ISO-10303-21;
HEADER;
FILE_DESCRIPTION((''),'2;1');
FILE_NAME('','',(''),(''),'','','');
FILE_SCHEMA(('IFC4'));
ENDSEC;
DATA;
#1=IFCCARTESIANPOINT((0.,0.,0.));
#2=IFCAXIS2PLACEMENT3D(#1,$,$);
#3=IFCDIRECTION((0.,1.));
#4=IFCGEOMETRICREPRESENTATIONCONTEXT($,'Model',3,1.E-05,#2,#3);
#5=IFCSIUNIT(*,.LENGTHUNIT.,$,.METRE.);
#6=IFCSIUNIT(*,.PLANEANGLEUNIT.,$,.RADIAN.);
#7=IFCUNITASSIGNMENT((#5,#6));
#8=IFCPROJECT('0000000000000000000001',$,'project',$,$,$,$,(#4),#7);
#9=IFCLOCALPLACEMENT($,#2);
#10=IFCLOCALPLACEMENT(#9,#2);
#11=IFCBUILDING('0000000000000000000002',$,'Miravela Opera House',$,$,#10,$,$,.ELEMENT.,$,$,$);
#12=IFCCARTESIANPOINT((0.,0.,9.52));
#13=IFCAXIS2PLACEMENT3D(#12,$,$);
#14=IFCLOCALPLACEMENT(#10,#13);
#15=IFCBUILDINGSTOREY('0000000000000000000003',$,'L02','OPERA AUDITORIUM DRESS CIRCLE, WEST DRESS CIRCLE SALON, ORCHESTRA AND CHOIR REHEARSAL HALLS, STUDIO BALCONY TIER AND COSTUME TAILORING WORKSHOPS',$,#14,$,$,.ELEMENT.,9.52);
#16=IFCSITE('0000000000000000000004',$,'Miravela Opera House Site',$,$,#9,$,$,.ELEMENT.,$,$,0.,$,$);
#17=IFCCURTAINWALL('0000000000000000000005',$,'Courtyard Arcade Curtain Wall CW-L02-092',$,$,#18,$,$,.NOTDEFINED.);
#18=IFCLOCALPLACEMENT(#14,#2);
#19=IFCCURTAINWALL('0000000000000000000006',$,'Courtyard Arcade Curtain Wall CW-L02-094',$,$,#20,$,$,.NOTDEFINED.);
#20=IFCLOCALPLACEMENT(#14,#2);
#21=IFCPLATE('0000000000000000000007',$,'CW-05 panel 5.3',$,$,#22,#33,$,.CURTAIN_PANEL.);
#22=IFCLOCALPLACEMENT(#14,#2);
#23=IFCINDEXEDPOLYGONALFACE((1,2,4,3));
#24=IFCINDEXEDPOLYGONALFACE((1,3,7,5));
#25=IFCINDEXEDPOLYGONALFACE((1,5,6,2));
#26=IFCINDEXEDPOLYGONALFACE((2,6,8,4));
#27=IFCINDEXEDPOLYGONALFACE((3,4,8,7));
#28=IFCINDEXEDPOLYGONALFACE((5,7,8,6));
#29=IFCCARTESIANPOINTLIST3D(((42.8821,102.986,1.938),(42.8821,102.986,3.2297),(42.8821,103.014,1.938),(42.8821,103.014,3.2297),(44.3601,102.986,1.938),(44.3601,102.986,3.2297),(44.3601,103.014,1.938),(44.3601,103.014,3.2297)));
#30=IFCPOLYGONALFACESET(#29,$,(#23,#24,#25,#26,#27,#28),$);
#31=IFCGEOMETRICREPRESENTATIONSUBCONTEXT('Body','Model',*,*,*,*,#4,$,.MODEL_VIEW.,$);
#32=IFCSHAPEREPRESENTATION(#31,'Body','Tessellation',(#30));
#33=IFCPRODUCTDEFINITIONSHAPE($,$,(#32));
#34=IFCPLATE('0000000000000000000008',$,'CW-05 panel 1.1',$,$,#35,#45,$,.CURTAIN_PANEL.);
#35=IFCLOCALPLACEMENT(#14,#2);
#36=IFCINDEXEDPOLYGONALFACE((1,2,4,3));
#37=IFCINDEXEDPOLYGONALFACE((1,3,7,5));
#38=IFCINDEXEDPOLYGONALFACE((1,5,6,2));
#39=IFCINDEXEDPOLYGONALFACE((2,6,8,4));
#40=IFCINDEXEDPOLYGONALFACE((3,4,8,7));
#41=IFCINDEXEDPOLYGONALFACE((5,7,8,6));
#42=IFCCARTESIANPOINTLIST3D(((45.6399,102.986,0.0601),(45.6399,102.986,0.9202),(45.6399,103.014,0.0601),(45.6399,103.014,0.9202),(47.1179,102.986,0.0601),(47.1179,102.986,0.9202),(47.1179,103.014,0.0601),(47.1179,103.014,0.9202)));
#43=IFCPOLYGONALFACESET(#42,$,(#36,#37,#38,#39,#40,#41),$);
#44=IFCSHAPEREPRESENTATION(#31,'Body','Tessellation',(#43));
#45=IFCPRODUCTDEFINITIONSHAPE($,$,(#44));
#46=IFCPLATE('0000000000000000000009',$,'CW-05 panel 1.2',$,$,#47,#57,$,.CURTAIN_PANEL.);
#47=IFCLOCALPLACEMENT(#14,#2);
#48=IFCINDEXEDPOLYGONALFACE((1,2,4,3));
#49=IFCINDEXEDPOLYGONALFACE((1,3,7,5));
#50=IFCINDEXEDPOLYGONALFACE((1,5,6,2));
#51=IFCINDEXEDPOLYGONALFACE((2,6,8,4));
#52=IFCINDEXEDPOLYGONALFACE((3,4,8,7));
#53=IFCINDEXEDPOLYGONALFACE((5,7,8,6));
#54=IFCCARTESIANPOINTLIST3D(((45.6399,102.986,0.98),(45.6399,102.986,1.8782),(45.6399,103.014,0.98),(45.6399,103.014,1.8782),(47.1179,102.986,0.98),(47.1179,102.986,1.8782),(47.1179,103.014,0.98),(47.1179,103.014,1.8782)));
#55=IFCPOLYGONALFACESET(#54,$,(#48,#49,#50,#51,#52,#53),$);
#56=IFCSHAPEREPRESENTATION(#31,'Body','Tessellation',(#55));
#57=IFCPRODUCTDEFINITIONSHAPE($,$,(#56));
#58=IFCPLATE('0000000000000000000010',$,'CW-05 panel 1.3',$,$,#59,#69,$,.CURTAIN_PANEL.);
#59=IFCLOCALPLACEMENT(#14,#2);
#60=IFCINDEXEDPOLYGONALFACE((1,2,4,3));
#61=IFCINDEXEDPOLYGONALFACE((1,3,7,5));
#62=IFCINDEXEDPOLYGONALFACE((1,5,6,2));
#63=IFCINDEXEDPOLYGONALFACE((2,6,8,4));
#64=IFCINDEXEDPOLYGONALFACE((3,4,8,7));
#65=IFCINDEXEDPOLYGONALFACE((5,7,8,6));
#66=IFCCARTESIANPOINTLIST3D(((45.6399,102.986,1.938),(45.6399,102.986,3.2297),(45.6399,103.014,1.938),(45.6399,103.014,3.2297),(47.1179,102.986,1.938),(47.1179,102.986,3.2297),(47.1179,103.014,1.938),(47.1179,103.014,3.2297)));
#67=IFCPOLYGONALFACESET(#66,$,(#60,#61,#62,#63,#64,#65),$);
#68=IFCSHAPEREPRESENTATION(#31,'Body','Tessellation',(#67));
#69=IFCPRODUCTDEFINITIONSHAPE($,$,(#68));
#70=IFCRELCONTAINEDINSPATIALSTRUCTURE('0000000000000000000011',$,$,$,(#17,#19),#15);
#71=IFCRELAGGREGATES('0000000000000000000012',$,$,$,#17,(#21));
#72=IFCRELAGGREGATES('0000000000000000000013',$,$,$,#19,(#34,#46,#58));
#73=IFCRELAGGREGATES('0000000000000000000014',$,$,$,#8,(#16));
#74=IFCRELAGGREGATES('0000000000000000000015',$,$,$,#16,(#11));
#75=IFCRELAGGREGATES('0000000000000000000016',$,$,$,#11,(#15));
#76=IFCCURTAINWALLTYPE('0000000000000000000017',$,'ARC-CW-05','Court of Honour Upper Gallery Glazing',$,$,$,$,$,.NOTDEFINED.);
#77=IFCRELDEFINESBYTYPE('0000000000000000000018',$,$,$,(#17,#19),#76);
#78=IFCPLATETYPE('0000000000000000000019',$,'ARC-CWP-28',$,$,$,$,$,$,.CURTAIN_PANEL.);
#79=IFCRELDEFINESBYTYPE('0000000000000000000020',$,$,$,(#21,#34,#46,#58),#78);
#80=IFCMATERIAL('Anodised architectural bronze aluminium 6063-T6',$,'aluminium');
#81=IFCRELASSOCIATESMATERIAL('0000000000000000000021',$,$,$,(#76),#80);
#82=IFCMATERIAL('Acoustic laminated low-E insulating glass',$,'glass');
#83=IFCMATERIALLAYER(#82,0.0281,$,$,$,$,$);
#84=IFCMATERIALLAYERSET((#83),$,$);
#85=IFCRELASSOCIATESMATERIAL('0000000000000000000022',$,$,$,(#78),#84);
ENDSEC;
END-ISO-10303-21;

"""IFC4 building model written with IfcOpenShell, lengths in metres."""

from ifc_helpers import new_model, si_unit, direction, frame, origin, origin_2d, place, context, subcontext, project, spatial, rectangle, extrude, material, layer, layer_set, type_object, element, aggregate, save


model = new_model("IFC4")

# Units and contexts
model_context = context("Model", 3, precision=1e-05, world=origin(), true_north=direction((0.0, 1.0)))
body_context = subcontext(model_context, "Body", "Model", "MODEL_VIEW")
ifc_project = project(units=[si_unit("LENGTHUNIT", "METRE"), si_unit("PLANEANGLEUNIT", "RADIAN")], contexts=[model_context])

# Site, building, storey
site_placement = place(None, origin())
site = spatial("IfcSite", under=ifc_project, at=site_placement, Name="Miravela Opera House Site", CompositionType="ELEMENT", RefElevation=0.0)
building_placement = place(site_placement, origin())
building = spatial("IfcBuilding", under=site, at=building_placement, Name="Miravela Opera House", CompositionType="ELEMENT")
storey_placement = place(building_placement, frame((0.0, 0.0, 9.52)))
storey = spatial("IfcBuildingStorey", under=building, at=storey_placement, Name="L02", Description="OPERA AUDITORIUM DRESS CIRCLE, WEST DRESS CIRCLE SALON, ORCHESTRA AND CHOIR REHEARSAL HALLS, STUDIO BALCONY TIER AND COSTUME TAILORING WORKSHOPS", CompositionType="ELEMENT", Elevation=9.52)

# Curtain wall
ifc_material_1 = material(Name="Anodised architectural bronze aluminium 6063-T6", Category="aluminium")
curtain_wall_type = type_object("IfcCurtainWallType", Name="ARC-CW-05", Description="Court of Honour Upper Gallery Glazing", PredefinedType="NOTDEFINED", material=ifc_material_1)
curtain_wall_1_placement = place(storey_placement, origin())
curtain_wall_1 = element("IfcCurtainWall", 1, at=curtain_wall_1_placement, inside=storey, type_object=curtain_wall_type, Name="Courtyard Arcade Curtain Wall CW-L02-092", PredefinedType="NOTDEFINED")

# Curtain wall
curtain_wall_2_placement = place(storey_placement, origin())
curtain_wall_2 = element("IfcCurtainWall", 2, at=curtain_wall_2_placement, inside=storey, type_object=curtain_wall_type, Name="Courtyard Arcade Curtain Wall CW-L02-094", PredefinedType="NOTDEFINED")

# Plates
ifc_material_2 = material(Name="Acoustic laminated low-E insulating glass", Category="glass")
ifc_layer = layer(ifc_material_2, 0.0281)
ifc_layer_set = layer_set([ifc_layer])
plate_type = type_object("IfcPlateType", Name="ARC-CWP-28", PredefinedType="CURTAIN_PANEL", material=ifc_layer_set)
plate_1_placement = place(storey_placement, frame((43.6211, 103.0, 1.938), z_axis=(0.0, 0.0, 1.0), x_axis=(1.0, 0.0, 0.0)))
plate_1 = element("IfcPlate", 3, at=plate_1_placement, type_object=plate_type, Name="CW-05 panel 5.3", PredefinedType="CURTAIN_PANEL", context=body_context, shape_type="SweptSolid", body=[
    extrude(rectangle(XDim=1.478, YDim=0.0281, at=origin_2d()), origin(), (0.0, 0.0, 1.0), 1.2917),
])
aggregate(curtain_wall_1, [plate_1])
plate_2_placement = place(storey_placement, frame((46.3789, 103.0, 0.0601), z_axis=(0.0, 0.0, 1.0), x_axis=(1.0, 0.0, 0.0)))
plate_2 = element("IfcPlate", 4, at=plate_2_placement, type_object=plate_type, Name="CW-05 panel 1.1", PredefinedType="CURTAIN_PANEL", context=body_context, shape_type="SweptSolid", body=[
    extrude(rectangle(XDim=1.478, YDim=0.0281, at=origin_2d()), origin(), (0.0, 0.0, 1.0), 0.8601),
])
plate_3_placement = place(storey_placement, frame((46.3789, 103.0, 0.98), z_axis=(0.0, 0.0, 1.0), x_axis=(1.0, 0.0, 0.0)))
plate_3 = element("IfcPlate", 5, at=plate_3_placement, type_object=plate_type, Name="CW-05 panel 1.2", PredefinedType="CURTAIN_PANEL", context=body_context, shape_type="SweptSolid", body=[
    extrude(rectangle(XDim=1.478, YDim=0.0281, at=origin_2d()), origin(), (0.0, 0.0, 1.0), 0.8982),
])
plate_4_placement = place(storey_placement, frame((46.3789, 103.0, 1.938), z_axis=(0.0, 0.0, 1.0), x_axis=(1.0, 0.0, 0.0)))
plate_4 = element("IfcPlate", 6, at=plate_4_placement, type_object=plate_type, Name="CW-05 panel 1.3", PredefinedType="CURTAIN_PANEL", context=body_context, shape_type="SweptSolid", body=[
    extrude(rectangle(XDim=1.478, YDim=0.0281, at=origin_2d()), origin(), (0.0, 0.0, 1.0), 1.2917),
])
aggregate(curtain_wall_2, [plate_2, plate_3, plate_4])

save(model, "model.ifc")
